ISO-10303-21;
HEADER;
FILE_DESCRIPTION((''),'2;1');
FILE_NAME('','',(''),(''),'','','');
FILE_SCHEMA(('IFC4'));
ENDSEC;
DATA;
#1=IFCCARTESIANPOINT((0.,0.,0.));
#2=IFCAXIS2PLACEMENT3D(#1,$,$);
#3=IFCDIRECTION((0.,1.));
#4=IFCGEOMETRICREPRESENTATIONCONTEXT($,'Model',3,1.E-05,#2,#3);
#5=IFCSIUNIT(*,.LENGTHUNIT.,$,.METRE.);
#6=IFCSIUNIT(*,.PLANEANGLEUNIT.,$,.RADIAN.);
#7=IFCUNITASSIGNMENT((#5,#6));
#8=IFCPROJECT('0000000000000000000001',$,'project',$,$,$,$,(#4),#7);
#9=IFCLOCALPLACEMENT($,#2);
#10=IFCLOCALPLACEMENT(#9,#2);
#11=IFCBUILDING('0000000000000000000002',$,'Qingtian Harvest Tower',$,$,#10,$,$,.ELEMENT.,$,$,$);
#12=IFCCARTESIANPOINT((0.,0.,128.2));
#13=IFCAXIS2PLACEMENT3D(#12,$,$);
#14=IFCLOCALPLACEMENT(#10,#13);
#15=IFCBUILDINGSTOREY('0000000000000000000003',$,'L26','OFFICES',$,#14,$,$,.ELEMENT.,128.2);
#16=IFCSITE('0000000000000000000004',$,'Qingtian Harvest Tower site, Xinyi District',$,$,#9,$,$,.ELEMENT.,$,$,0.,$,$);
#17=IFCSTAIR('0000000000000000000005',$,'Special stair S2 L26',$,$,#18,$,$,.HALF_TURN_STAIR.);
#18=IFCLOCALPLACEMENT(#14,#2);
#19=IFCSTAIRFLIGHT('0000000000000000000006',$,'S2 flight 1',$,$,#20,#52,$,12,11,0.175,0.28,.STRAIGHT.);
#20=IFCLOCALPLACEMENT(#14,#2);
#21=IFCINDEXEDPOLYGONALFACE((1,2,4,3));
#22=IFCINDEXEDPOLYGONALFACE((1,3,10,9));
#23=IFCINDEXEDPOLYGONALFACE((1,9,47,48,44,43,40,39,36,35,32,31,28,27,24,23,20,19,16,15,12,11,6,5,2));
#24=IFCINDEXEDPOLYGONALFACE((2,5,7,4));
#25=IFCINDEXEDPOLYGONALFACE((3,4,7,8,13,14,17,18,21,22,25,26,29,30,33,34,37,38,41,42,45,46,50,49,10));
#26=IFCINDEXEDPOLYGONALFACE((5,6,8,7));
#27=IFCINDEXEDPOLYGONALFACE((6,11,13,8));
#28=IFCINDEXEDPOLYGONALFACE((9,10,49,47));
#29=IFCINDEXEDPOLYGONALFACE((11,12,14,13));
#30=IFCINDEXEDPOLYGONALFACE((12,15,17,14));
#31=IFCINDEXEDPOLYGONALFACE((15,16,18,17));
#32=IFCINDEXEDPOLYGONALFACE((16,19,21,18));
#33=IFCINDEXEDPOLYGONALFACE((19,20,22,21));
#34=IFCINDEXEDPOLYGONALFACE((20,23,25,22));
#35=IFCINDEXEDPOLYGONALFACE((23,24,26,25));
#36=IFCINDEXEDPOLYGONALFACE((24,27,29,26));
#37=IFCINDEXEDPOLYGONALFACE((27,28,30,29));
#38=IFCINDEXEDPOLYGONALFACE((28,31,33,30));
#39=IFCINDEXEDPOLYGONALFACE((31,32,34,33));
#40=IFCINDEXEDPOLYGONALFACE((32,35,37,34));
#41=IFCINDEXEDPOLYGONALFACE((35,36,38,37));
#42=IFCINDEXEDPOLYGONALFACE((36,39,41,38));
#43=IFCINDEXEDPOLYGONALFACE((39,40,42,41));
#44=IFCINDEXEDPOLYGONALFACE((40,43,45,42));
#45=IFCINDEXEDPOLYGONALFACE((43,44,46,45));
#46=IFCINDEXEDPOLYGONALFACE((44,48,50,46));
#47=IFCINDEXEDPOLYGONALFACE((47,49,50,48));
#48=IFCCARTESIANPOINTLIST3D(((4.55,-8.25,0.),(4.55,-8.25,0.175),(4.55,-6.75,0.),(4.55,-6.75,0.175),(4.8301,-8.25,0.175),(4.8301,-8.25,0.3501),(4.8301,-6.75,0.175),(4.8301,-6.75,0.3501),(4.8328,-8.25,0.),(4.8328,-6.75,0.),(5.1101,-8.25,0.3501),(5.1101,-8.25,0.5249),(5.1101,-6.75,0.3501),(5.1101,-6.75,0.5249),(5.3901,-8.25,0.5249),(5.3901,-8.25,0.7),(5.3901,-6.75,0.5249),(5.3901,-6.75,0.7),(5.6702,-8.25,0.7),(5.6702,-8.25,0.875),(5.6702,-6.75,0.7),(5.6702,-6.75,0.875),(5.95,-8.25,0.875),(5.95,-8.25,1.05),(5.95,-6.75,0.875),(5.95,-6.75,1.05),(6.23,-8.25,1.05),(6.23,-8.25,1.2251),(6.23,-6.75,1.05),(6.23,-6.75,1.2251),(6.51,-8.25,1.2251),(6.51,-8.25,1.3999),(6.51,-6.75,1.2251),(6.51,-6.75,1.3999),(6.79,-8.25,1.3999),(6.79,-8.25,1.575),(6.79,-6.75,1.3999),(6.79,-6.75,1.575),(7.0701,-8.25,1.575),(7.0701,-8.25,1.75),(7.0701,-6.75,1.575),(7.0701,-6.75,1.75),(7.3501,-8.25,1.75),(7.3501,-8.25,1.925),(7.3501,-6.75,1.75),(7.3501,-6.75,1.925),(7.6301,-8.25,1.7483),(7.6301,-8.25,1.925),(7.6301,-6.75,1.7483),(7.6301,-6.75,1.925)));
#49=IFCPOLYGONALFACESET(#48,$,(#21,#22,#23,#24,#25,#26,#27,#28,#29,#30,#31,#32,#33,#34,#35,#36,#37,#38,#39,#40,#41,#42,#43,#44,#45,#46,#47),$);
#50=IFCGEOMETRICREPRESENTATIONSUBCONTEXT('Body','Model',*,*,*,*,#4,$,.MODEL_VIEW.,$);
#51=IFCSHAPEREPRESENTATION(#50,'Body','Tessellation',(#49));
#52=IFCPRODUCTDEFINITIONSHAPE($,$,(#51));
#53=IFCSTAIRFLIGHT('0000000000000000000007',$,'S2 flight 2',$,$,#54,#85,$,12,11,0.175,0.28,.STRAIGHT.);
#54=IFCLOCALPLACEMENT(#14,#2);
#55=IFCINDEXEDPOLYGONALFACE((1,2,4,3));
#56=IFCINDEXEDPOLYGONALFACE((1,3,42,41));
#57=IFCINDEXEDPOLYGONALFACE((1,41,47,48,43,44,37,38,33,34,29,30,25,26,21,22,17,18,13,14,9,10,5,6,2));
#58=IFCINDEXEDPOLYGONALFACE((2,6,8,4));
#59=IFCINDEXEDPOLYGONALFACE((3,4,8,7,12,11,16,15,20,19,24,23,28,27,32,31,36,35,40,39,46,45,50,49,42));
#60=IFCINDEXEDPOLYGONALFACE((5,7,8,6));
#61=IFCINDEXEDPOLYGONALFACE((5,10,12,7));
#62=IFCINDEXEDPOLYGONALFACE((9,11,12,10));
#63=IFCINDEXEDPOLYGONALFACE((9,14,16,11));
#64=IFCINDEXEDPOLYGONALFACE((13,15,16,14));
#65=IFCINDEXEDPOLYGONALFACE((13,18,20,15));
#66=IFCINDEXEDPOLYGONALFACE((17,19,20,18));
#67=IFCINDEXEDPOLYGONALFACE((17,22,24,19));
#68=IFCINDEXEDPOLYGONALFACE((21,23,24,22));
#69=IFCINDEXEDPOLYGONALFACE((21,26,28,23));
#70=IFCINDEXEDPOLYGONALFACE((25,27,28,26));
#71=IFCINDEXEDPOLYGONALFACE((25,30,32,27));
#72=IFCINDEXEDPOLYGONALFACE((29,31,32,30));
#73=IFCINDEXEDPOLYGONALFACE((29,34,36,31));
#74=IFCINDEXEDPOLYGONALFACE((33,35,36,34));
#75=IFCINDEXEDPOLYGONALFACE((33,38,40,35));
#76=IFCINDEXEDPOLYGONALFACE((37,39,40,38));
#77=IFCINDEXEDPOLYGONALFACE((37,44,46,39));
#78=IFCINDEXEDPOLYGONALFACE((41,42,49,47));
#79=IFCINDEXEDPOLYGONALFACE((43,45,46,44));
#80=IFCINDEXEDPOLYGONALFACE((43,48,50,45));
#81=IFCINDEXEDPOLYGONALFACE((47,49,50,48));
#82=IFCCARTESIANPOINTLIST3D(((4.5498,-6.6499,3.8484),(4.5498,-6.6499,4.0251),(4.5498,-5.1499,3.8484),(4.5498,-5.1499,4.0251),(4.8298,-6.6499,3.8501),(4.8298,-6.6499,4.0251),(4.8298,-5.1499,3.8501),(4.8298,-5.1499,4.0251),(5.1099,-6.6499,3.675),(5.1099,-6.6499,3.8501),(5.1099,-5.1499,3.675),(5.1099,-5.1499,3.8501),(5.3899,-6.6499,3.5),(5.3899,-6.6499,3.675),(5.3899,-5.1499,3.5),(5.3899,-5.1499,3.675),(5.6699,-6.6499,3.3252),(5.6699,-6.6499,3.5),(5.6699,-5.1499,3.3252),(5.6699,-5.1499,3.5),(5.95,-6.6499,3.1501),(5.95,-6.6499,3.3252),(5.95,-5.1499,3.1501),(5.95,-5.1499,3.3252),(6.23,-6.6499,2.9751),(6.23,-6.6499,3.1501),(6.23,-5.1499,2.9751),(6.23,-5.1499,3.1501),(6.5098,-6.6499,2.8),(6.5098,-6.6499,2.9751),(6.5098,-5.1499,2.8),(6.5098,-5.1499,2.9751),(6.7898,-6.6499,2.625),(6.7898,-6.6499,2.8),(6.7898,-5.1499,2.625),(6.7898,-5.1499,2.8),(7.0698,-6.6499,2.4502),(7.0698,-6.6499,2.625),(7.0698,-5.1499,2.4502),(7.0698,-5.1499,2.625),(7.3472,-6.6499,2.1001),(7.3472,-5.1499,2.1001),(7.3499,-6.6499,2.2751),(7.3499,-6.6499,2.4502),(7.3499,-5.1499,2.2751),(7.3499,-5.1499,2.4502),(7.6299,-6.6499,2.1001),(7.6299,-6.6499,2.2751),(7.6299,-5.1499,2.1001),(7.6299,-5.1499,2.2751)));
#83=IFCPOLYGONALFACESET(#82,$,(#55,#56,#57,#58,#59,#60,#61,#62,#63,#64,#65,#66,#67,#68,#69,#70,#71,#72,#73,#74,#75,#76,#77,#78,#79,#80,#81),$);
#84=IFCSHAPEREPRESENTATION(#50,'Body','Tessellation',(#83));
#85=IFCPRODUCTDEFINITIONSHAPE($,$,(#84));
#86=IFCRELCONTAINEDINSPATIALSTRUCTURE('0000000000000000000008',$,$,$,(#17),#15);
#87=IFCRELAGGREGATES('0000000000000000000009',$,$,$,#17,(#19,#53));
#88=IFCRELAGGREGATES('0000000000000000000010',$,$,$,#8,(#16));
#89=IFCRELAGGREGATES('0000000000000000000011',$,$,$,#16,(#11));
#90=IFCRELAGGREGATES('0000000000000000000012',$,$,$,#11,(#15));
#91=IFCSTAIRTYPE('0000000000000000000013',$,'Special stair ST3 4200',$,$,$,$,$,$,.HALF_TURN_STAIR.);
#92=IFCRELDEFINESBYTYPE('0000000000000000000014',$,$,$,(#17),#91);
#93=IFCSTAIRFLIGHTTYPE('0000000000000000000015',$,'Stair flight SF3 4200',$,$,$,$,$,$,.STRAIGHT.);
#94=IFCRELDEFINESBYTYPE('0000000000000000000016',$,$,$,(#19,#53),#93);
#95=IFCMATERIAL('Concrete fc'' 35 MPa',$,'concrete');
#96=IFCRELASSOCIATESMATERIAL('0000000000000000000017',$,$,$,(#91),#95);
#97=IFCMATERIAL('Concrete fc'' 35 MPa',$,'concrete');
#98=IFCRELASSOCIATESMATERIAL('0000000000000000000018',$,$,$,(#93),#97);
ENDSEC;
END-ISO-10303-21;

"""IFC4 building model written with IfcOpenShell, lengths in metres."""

from ifc_helpers import new_model, si_unit, direction, frame, origin, place, context, subcontext, project, spatial, polyline, outline, extrude, material, type_object, element, aggregate, save


model = new_model("IFC4")

# Units and contexts
model_context = context("Model", 3, precision=1e-05, world=origin(), true_north=direction((0.0, 1.0)))
body_context = subcontext(model_context, "Body", "Model", "MODEL_VIEW")
ifc_project = project(units=[si_unit("LENGTHUNIT", "METRE"), si_unit("PLANEANGLEUNIT", "RADIAN")], contexts=[model_context])

# Site, building, storey
site_placement = place(None, origin())
site = spatial("IfcSite", under=ifc_project, at=site_placement, Name="Qingtian Harvest Tower site, Xinyi District", CompositionType="ELEMENT", RefElevation=0.0)
building_placement = place(site_placement, origin())
building = spatial("IfcBuilding", under=site, at=building_placement, Name="Qingtian Harvest Tower", CompositionType="ELEMENT")
storey_placement = place(building_placement, frame((0.0, 0.0, 128.2)))
storey = spatial("IfcBuildingStorey", under=building, at=storey_placement, Name="L26", Description="OFFICES", CompositionType="ELEMENT", Elevation=128.2)

# Stair, stair flights
ifc_material_1 = material(Name="Concrete fc' 35 MPa", Category="concrete")
stair_type = type_object("IfcStairType", Name="Special stair ST3 4200", PredefinedType="HALF_TURN_STAIR", material=ifc_material_1)
stair_placement = place(storey_placement, origin())
stair = element("IfcStair", 1, at=stair_placement, inside=storey, type_object=stair_type, Name="Special stair S2 L26", PredefinedType="HALF_TURN_STAIR")
ifc_material_2 = material(Name="Concrete fc' 35 MPa", Category="concrete")
stair_flight_type = type_object("IfcStairFlightType", Name="Stair flight SF3 4200", PredefinedType="STRAIGHT", material=ifc_material_2)
stair_flight_1_placement = place(storey_placement, frame((4.55, -7.5, 0.0), z_axis=(0.0, 0.0, 1.0), x_axis=(1.0, 0.0, 0.0)))
stair_flight_1 = element("IfcStairFlight", 2, at=stair_flight_1_placement, type_object=stair_flight_type, Name="S2 flight 1", NumberOfRisers=12, NumberOfTreads=11, PredefinedType="STRAIGHT", RiserHeight=0.175, TreadLength=0.28, context=body_context, shape_type="SweptSolid", body=[
    extrude(outline(polyline([(0.0, 0.0), (0.0, 0.175), (0.28, 0.175), (0.28, 0.3501), (0.5601, 0.3501), (0.5601, 0.5249), (0.8401, 0.5249), (0.8401, 0.7), (1.1201, 0.7), (1.1201, 0.875), (1.3999, 0.875), (1.3999, 1.05), (1.6799, 1.05), (1.6799, 1.2251), (1.96, 1.2251), (1.96, 1.3999), (2.24, 1.3999), (2.24, 1.575), (2.52, 1.575), (2.52, 1.75), (2.8, 1.75), (2.8, 1.925), (3.0801, 1.925), (3.0801, 2.1001), (3.0801, 1.7483), (0.2827, 0.0), (0.0, 0.0)])), frame((0.0, 0.75, 0.0), z_axis=(0.0, -1.0, 0.0), x_axis=(1.0, 0.0, 0.0)), (0.0, 0.0, 1.0), 1.5),
])
stair_flight_2_placement = place(storey_placement, frame((7.6299, -5.8999, 2.1001), z_axis=(0.0, 0.0, 1.0), x_axis=(-1.0, 0.0, 0.0)))
stair_flight_2 = element("IfcStairFlight", 3, at=stair_flight_2_placement, type_object=stair_flight_type, Name="S2 flight 2", NumberOfRisers=12, NumberOfTreads=11, PredefinedType="STRAIGHT", RiserHeight=0.175, TreadLength=0.28, context=body_context, shape_type="SweptSolid", body=[
    extrude(outline(polyline([(0.0, 0.0), (0.0, 0.175), (0.28, 0.175), (0.28, 0.3501), (0.5601, 0.3501), (0.5601, 0.5249), (0.8401, 0.5249), (0.8401, 0.7), (1.1201, 0.7), (1.1201, 0.875), (1.3999, 0.875), (1.3999, 1.05), (1.6799, 1.05), (1.6799, 1.2251), (1.96, 1.2251), (1.96, 1.3999), (2.24, 1.3999), (2.24, 1.575), (2.52, 1.575), (2.52, 1.75), (2.8, 1.75), (2.8, 1.925), (3.0801, 1.925), (3.0801, 2.1001), (3.0801, 1.7483), (0.2827, 0.0), (0.0, 0.0)])), frame((0.0, 0.75, 0.0), z_axis=(0.0, -1.0, 0.0), x_axis=(1.0, 0.0, 0.0)), (0.0, 0.0, 1.0), 1.5),
])
aggregate(stair, [stair_flight_1, stair_flight_2])

save(model, "model.ifc")
